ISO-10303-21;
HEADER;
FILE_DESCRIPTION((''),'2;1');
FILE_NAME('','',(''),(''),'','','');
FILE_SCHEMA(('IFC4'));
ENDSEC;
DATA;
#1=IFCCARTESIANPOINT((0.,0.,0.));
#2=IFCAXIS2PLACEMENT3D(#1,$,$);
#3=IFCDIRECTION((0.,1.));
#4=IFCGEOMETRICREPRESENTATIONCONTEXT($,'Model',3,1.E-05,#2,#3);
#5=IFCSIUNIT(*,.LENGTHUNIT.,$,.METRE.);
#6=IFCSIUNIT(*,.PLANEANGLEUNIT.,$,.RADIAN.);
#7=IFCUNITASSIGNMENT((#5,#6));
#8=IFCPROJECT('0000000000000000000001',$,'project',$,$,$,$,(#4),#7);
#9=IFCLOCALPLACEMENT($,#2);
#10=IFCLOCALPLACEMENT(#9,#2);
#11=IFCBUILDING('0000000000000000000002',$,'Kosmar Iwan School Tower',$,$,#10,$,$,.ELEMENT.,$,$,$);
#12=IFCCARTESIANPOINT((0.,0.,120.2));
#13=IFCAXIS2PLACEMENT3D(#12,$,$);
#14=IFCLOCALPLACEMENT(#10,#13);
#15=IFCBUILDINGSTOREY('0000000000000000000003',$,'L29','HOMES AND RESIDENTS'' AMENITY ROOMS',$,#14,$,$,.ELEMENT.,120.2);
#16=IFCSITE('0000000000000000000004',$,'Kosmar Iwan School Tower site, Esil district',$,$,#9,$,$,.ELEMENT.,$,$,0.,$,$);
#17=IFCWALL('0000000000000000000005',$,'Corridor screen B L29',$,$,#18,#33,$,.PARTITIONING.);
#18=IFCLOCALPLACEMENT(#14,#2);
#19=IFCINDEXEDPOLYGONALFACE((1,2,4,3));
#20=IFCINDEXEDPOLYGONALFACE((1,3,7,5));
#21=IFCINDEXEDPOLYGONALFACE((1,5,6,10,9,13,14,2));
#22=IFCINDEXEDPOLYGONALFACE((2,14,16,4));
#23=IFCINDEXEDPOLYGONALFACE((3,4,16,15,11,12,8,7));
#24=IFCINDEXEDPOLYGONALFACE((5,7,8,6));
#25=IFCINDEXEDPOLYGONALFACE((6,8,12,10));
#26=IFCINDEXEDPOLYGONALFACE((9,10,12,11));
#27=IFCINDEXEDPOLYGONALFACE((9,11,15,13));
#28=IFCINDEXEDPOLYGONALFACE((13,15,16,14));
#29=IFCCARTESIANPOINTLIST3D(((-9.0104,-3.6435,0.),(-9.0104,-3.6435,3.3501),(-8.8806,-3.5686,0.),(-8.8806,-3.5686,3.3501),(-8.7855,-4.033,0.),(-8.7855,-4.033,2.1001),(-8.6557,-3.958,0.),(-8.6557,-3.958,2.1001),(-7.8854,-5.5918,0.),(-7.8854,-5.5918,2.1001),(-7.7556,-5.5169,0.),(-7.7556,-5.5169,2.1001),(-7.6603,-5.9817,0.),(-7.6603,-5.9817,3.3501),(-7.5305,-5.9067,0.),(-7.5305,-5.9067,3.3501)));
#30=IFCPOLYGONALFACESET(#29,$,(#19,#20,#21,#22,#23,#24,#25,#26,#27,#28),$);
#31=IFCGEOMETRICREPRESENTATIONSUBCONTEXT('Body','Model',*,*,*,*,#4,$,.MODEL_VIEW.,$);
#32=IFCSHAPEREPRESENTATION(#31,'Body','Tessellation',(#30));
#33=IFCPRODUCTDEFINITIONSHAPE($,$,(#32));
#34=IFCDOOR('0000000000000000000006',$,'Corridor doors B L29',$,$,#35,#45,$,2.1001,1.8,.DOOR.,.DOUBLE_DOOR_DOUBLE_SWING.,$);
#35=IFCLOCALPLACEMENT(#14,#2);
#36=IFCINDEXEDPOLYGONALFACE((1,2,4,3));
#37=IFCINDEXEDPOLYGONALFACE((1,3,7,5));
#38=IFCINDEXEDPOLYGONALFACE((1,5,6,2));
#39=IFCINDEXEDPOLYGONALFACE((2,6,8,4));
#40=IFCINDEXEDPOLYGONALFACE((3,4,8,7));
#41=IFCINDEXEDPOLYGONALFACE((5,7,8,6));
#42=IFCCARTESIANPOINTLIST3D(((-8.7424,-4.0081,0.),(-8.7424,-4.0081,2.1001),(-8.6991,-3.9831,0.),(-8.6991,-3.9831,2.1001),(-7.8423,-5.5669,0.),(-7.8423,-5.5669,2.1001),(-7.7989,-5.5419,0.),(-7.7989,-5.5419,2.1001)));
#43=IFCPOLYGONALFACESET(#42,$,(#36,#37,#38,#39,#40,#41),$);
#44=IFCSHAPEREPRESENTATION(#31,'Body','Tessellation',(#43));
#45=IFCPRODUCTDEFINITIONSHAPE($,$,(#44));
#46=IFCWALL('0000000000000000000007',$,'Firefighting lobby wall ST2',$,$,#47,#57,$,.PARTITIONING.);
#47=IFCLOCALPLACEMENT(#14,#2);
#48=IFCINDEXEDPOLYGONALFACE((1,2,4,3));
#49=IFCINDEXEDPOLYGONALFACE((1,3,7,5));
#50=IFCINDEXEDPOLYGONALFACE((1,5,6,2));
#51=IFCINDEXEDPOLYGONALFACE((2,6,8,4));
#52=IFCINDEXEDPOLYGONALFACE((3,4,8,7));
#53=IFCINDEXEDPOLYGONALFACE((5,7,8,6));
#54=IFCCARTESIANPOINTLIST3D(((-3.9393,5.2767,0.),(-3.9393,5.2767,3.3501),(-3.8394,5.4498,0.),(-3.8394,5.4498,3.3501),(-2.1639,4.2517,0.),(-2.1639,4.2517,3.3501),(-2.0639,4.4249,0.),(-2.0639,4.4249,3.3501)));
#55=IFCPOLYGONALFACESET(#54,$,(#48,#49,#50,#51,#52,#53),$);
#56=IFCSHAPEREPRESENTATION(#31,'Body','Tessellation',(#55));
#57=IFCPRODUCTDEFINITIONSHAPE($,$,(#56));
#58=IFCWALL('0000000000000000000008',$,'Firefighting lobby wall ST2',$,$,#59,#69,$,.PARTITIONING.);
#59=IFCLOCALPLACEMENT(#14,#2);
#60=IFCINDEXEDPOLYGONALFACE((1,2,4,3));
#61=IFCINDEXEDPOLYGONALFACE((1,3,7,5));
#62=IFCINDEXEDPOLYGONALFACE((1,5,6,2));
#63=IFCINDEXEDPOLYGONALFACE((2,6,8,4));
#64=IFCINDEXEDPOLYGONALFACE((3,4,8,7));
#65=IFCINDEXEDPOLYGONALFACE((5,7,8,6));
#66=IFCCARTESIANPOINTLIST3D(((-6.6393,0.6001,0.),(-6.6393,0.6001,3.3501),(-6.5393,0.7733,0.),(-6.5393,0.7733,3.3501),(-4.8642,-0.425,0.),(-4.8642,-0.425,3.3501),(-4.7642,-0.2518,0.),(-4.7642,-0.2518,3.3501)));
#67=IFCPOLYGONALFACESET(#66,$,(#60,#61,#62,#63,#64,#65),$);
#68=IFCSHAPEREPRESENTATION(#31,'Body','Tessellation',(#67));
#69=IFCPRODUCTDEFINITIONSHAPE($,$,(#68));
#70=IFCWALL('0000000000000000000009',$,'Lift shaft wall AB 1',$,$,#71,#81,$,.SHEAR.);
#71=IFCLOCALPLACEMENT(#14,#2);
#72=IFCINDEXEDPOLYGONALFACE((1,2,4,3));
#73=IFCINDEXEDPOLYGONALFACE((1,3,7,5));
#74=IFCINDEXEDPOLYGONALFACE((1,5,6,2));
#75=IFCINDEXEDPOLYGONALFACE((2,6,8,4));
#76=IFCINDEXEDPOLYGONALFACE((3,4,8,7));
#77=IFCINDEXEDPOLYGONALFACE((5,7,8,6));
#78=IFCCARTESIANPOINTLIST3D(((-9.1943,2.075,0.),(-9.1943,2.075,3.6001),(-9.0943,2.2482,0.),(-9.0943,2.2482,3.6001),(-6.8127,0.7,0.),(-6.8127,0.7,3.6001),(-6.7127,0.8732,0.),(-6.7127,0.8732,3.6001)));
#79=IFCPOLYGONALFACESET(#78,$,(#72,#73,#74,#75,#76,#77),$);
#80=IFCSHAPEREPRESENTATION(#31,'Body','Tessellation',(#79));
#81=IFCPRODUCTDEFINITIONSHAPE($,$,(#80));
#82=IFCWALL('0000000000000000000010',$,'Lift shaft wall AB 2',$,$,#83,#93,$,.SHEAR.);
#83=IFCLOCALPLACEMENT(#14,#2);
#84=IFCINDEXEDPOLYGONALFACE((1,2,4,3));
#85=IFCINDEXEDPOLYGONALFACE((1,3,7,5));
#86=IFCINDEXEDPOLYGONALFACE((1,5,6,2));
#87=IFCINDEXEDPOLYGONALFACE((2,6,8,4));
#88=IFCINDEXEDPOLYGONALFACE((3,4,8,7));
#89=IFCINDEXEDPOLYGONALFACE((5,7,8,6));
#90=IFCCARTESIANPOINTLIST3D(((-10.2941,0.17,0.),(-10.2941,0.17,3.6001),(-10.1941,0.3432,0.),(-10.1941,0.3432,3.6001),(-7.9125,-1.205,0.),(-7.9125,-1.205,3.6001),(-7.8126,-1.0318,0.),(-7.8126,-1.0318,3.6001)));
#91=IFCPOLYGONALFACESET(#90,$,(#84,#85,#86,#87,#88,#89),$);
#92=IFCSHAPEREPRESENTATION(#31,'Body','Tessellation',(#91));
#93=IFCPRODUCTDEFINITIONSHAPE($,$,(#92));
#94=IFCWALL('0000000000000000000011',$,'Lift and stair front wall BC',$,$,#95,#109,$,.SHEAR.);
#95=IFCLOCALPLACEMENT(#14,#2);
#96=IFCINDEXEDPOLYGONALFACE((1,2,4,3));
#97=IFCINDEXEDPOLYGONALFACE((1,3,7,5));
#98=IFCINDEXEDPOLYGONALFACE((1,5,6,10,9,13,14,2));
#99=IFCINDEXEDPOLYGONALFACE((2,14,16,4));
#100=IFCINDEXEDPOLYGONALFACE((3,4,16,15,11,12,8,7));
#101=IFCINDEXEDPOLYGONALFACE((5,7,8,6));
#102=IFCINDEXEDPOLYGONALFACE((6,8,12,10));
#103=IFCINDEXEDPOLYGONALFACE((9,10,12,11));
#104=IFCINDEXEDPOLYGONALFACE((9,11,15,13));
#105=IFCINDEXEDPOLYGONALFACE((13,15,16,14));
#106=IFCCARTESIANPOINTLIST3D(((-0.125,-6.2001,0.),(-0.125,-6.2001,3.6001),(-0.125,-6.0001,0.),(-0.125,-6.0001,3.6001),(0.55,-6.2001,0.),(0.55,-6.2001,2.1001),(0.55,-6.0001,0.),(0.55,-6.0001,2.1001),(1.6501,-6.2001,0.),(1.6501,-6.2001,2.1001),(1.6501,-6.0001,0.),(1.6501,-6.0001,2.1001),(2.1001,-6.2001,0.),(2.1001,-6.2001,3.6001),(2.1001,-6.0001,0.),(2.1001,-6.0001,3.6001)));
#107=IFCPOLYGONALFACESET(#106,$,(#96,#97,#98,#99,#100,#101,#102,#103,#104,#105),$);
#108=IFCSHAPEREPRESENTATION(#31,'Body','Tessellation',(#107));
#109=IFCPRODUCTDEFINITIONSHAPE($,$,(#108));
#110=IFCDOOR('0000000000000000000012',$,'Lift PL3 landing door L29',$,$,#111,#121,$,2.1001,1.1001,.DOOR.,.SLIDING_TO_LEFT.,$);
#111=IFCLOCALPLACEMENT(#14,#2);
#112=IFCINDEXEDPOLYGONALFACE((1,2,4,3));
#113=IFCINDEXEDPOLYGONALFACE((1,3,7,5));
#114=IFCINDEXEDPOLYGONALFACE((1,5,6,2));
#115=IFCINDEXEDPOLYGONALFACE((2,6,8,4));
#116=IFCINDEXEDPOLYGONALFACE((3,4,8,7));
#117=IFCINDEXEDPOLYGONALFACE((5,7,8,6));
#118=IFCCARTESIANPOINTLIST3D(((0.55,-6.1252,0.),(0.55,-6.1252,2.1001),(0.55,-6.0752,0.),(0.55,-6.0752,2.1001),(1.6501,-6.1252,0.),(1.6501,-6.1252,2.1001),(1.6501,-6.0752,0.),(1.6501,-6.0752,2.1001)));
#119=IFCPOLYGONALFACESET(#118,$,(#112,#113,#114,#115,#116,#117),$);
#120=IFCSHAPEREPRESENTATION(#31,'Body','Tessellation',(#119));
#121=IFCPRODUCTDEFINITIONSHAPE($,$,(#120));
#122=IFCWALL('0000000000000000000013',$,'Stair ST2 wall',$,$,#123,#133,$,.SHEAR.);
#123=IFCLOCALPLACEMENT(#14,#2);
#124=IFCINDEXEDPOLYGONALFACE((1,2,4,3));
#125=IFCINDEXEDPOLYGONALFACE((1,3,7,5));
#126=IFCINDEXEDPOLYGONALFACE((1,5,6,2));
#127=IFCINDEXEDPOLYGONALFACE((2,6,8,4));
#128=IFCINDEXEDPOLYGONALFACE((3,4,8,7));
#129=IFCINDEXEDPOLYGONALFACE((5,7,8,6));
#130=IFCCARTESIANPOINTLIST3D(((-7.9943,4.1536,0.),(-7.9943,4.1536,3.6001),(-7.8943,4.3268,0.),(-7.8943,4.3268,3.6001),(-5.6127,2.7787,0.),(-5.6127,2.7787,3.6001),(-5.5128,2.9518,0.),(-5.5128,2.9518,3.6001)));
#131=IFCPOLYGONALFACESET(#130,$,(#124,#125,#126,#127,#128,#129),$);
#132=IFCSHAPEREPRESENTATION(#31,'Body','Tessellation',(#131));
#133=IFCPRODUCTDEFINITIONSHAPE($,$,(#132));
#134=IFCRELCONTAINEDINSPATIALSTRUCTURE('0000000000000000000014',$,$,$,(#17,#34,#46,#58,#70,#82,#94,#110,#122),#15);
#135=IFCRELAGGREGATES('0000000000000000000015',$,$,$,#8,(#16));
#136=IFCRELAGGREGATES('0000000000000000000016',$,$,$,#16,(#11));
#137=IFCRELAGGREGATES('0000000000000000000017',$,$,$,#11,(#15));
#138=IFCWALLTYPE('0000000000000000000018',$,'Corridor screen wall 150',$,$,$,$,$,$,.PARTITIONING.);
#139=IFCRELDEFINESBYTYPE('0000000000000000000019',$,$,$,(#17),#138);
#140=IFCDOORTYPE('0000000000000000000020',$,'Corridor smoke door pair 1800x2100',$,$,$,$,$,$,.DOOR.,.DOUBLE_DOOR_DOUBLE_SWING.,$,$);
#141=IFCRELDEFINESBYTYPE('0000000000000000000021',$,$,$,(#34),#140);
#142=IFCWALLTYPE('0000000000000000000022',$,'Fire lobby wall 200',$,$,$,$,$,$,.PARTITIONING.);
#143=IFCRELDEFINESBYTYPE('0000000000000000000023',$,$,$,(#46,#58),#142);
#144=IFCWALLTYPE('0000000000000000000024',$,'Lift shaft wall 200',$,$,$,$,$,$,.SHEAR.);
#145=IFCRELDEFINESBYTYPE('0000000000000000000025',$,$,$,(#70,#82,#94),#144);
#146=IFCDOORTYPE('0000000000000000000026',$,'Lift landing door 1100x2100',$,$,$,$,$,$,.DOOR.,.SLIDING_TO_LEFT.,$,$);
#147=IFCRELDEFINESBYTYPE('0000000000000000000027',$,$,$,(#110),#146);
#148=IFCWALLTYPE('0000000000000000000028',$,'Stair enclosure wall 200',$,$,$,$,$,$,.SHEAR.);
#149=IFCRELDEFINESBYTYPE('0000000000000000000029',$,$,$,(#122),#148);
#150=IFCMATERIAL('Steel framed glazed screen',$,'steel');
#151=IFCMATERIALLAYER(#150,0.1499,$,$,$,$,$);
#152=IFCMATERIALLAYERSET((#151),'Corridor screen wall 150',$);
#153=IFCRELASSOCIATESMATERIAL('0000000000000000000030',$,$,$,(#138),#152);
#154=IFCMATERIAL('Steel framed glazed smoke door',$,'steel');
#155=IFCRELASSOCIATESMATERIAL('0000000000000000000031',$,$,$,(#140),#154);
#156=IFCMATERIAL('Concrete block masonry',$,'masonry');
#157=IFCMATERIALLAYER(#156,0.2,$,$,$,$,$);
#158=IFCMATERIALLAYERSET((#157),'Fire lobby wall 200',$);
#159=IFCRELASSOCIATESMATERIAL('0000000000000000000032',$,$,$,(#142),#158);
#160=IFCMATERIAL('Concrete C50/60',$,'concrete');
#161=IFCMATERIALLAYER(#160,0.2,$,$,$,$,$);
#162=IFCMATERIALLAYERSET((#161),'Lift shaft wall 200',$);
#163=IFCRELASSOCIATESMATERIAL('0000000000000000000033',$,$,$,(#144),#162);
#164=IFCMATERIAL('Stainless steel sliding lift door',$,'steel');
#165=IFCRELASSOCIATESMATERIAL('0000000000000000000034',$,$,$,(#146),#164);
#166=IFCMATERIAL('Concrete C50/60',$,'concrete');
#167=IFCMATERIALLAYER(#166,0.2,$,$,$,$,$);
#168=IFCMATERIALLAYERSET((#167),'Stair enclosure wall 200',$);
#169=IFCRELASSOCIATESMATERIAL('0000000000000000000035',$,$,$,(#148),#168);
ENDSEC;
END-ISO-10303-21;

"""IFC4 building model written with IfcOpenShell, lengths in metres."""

from ifc_helpers import new_model, si_unit, direction, frame, frame_2d, origin, place, context, subcontext, project, spatial, rectangle, extrude, material, layer, layer_set, type_object, element, fill, save


model = new_model("IFC4")

# Units and contexts
model_context = context("Model", 3, precision=1e-05, world=origin(), true_north=direction((0.0, 1.0)))
body_context = subcontext(model_context, "Body", "Model", "MODEL_VIEW")
ifc_project = project(units=[si_unit("LENGTHUNIT", "METRE"), si_unit("PLANEANGLEUNIT", "RADIAN")], contexts=[model_context])

# Site, building, storey
site_placement = place(None, origin())
site = spatial("IfcSite", under=ifc_project, at=site_placement, Name="Kosmar Iwan School Tower site, Esil district", CompositionType="ELEMENT", RefElevation=0.0)
building_placement = place(site_placement, origin())
building = spatial("IfcBuilding", under=site, at=building_placement, Name="Kosmar Iwan School Tower", CompositionType="ELEMENT")
storey_placement = place(building_placement, frame((0.0, 0.0, 120.2)))
storey = spatial("IfcBuildingStorey", under=building, at=storey_placement, Name="L29", Description="HOMES AND RESIDENTS' AMENITY ROOMS", CompositionType="ELEMENT", Elevation=120.2)

# Wall, opening, door
ifc_material_1 = material(Name="Steel framed glazed screen", Category="steel")
ifc_layer_1 = layer(ifc_material_1, 0.1499)
ifc_layer_set_1 = layer_set([ifc_layer_1], Name="Corridor screen wall 150")
wall_type_1 = type_object("IfcWallType", Name="Corridor screen wall 150", PredefinedType="PARTITIONING", material=ifc_layer_set_1)
wall_1_placement = place(storey_placement, frame((-8.9456, -3.606, 0.0), z_axis=(0.0, 0.0, 1.0), x_axis=(0.500049, -0.865997, 0.0)))
wall_1 = element("IfcWall", 1, at=wall_1_placement, inside=storey, type_object=wall_type_1, Name="Corridor screen B L29", PredefinedType="PARTITIONING", context=body_context, shape_type="SweptSolid", body=[
    extrude(rectangle(XDim=2.7, YDim=0.1499, at=frame_2d((1.3501, 0.0))), origin(), (0.0, 0.0, 1.0), 3.3501),
])
opening_1_placement = place(wall_1_placement, frame((0.45, 0.0, 0.0)))
opening_1 = element("IfcOpeningElement", 2, at=opening_1_placement, cuts=wall_1, PredefinedType="OPENING", context=body_context, shape_type="SweptSolid", body=[
    extrude(rectangle(XDim=1.8, YDim=2.1001, at=frame_2d((0.8999, 1.05))), frame((0.0, 0.0869, 0.0), z_axis=(0.0, -1.0, 0.0), x_axis=(1.0, 0.0, 0.0)), (0.0, 0.0, 1.0), 0.1738),
])
ifc_material_2 = material(Name="Steel framed glazed smoke door", Category="steel")
door_type_1 = type_object("IfcDoorType", Name="Corridor smoke door pair 1800x2100", OperationType="DOUBLE_DOOR_DOUBLE_SWING", PredefinedType="DOOR", material=ifc_material_2)
door_1_placement = place(opening_1_placement, origin())
door_1 = element("IfcDoor", 3, at=door_1_placement, inside=storey, type_object=door_type_1, Name="Corridor doors B L29", OperationType="DOUBLE_DOOR_DOUBLE_SWING", OverallHeight=2.1001, OverallWidth=1.8, PredefinedType="DOOR", context=body_context, shape_type="SweptSolid", body=[
    extrude(rectangle(XDim=1.8, YDim=2.1001, at=frame_2d((0.8999, 1.05))), frame((0.0, 0.0249, 0.0), z_axis=(0.0, -1.0, 0.0), x_axis=(1.0, 0.0, 0.0)), (0.0, 0.0, 1.0), 0.05),
])
fill(opening_1, door_1)

# Walls
ifc_material_3 = material(Name="Concrete block masonry", Category="masonry")
ifc_layer_2 = layer(ifc_material_3, 0.2)
ifc_layer_set_2 = layer_set([ifc_layer_2], Name="Fire lobby wall 200")
wall_type_2 = type_object("IfcWallType", Name="Fire lobby wall 200", PredefinedType="PARTITIONING", material=ifc_layer_set_2)
wall_2_placement = place(storey_placement, frame((-2.114, 4.3384, 0.0), z_axis=(0.0, 0.0, 1.0), x_axis=(-0.866051, 0.499956, 0.0)))
element("IfcWall", 4, at=wall_2_placement, inside=storey, type_object=wall_type_2, Name="Firefighting lobby wall ST2", PredefinedType="PARTITIONING", context=body_context, shape_type="SweptSolid", body=[
    extrude(rectangle(XDim=2.05, YDim=0.2, at=frame_2d((1.0249, 0.0))), origin(), (0.0, 0.0, 1.0), 3.3501),
])
wall_3_placement = place(storey_placement, frame((-4.8142, -0.3384, 0.0), z_axis=(0.0, 0.0, 1.0), x_axis=(-0.865969, 0.500097, 0.0)))
element("IfcWall", 5, at=wall_3_placement, inside=storey, type_object=wall_type_2, Name="Firefighting lobby wall ST2", PredefinedType="PARTITIONING", context=body_context, shape_type="SweptSolid", body=[
    extrude(rectangle(XDim=2.0498, YDim=0.2, at=frame_2d((1.0249, 0.0))), origin(), (0.0, 0.0, 1.0), 3.3501),
])
ifc_material_4 = material(Name="Concrete C50/60", Category="concrete")
ifc_layer_3 = layer(ifc_material_4, 0.2)
ifc_layer_set_3 = layer_set([ifc_layer_3], Name="Lift shaft wall 200")
wall_type_3 = type_object("IfcWallType", Name="Lift shaft wall 200", PredefinedType="SHEAR", material=ifc_layer_set_3)
for number, where, z_axis, x_axis, name in (
    (6, (-6.7627, 0.7866, 0.0), (0.0, 0.0, 1.0), (-0.866027, 0.499997, 0.0), "Lift shaft wall AB 1"),
    (7, (-7.8625, -1.1184, 0.0), (0.0, 0.0, 1.0), (-0.866027, 0.499997, 0.0), "Lift shaft wall AB 2"),
):
    element("IfcWall", number, at=place(storey_placement, frame(where, z_axis=z_axis, x_axis=x_axis)), inside=storey, type_object=wall_type_3, Name=name, PredefinedType="SHEAR", context=body_context, shape_type="SweptSolid", body=[
        extrude(rectangle(XDim=2.75, YDim=0.2, at=frame_2d((1.375, 0.0))), origin(), (0.0, 0.0, 1.0), 3.6001),
    ])

# Wall, opening, door
wall_4_placement = place(storey_placement, frame((-0.125, -6.1001, 0.0), z_axis=(0.0, 0.0, 1.0), x_axis=(1.0, 0.0, 0.0)))
wall_4 = element("IfcWall", 8, at=wall_4_placement, inside=storey, type_object=wall_type_3, Name="Lift and stair front wall BC", PredefinedType="SHEAR", context=body_context, shape_type="SweptSolid", body=[
    extrude(rectangle(XDim=2.2251, YDim=0.2, at=frame_2d((1.1125, 0.0))), origin(), (0.0, 0.0, 1.0), 3.6001),
])
opening_2_placement = place(wall_4_placement, frame((0.675, 0.0, 0.0)))
opening_2 = element("IfcOpeningElement", 9, at=opening_2_placement, cuts=wall_4, PredefinedType="OPENING", context=body_context, shape_type="SweptSolid", body=[
    extrude(rectangle(XDim=1.1001, YDim=2.1001, at=frame_2d((0.55, 1.05))), frame((0.0, 0.1121, 0.0), z_axis=(0.0, -1.0, 0.0), x_axis=(1.0, 0.0, 0.0)), (0.0, 0.0, 1.0), 0.2239),
])
ifc_material_5 = material(Name="Stainless steel sliding lift door", Category="steel")
door_type_2 = type_object("IfcDoorType", Name="Lift landing door 1100x2100", OperationType="SLIDING_TO_LEFT", PredefinedType="DOOR", material=ifc_material_5)
door_2_placement = place(opening_2_placement, origin())
door_2 = element("IfcDoor", 10, at=door_2_placement, inside=storey, type_object=door_type_2, Name="Lift PL3 landing door L29", OperationType="SLIDING_TO_LEFT", OverallHeight=2.1001, OverallWidth=1.1001, PredefinedType="DOOR", context=body_context, shape_type="SweptSolid", body=[
    extrude(rectangle(XDim=1.1001, YDim=2.1001, at=frame_2d((0.55, 1.05))), frame((0.0, 0.0249, 0.0), z_axis=(0.0, -1.0, 0.0), x_axis=(1.0, 0.0, 0.0)), (0.0, 0.0, 1.0), 0.05),
])
fill(opening_2, door_2)

# Wall
ifc_material_6 = material(Name="Concrete C50/60", Category="concrete")
ifc_layer_4 = layer(ifc_material_6, 0.2)
ifc_layer_set_4 = layer_set([ifc_layer_4], Name="Stair enclosure wall 200")
wall_type_4 = type_object("IfcWallType", Name="Stair enclosure wall 200", PredefinedType="SHEAR", material=ifc_layer_set_4)
wall_5_placement = place(storey_placement, frame((-5.5627, 2.8652, 0.0), z_axis=(0.0, 0.0, 1.0), x_axis=(-0.866027, 0.499997, 0.0)))
element("IfcWall", 11, at=wall_5_placement, inside=storey, type_object=wall_type_4, Name="Stair ST2 wall", PredefinedType="SHEAR", context=body_context, shape_type="SweptSolid", body=[
    extrude(rectangle(XDim=2.75, YDim=0.2, at=frame_2d((1.375, 0.0))), origin(), (0.0, 0.0, 1.0), 3.6001),
])

save(model, "model.ifc")
